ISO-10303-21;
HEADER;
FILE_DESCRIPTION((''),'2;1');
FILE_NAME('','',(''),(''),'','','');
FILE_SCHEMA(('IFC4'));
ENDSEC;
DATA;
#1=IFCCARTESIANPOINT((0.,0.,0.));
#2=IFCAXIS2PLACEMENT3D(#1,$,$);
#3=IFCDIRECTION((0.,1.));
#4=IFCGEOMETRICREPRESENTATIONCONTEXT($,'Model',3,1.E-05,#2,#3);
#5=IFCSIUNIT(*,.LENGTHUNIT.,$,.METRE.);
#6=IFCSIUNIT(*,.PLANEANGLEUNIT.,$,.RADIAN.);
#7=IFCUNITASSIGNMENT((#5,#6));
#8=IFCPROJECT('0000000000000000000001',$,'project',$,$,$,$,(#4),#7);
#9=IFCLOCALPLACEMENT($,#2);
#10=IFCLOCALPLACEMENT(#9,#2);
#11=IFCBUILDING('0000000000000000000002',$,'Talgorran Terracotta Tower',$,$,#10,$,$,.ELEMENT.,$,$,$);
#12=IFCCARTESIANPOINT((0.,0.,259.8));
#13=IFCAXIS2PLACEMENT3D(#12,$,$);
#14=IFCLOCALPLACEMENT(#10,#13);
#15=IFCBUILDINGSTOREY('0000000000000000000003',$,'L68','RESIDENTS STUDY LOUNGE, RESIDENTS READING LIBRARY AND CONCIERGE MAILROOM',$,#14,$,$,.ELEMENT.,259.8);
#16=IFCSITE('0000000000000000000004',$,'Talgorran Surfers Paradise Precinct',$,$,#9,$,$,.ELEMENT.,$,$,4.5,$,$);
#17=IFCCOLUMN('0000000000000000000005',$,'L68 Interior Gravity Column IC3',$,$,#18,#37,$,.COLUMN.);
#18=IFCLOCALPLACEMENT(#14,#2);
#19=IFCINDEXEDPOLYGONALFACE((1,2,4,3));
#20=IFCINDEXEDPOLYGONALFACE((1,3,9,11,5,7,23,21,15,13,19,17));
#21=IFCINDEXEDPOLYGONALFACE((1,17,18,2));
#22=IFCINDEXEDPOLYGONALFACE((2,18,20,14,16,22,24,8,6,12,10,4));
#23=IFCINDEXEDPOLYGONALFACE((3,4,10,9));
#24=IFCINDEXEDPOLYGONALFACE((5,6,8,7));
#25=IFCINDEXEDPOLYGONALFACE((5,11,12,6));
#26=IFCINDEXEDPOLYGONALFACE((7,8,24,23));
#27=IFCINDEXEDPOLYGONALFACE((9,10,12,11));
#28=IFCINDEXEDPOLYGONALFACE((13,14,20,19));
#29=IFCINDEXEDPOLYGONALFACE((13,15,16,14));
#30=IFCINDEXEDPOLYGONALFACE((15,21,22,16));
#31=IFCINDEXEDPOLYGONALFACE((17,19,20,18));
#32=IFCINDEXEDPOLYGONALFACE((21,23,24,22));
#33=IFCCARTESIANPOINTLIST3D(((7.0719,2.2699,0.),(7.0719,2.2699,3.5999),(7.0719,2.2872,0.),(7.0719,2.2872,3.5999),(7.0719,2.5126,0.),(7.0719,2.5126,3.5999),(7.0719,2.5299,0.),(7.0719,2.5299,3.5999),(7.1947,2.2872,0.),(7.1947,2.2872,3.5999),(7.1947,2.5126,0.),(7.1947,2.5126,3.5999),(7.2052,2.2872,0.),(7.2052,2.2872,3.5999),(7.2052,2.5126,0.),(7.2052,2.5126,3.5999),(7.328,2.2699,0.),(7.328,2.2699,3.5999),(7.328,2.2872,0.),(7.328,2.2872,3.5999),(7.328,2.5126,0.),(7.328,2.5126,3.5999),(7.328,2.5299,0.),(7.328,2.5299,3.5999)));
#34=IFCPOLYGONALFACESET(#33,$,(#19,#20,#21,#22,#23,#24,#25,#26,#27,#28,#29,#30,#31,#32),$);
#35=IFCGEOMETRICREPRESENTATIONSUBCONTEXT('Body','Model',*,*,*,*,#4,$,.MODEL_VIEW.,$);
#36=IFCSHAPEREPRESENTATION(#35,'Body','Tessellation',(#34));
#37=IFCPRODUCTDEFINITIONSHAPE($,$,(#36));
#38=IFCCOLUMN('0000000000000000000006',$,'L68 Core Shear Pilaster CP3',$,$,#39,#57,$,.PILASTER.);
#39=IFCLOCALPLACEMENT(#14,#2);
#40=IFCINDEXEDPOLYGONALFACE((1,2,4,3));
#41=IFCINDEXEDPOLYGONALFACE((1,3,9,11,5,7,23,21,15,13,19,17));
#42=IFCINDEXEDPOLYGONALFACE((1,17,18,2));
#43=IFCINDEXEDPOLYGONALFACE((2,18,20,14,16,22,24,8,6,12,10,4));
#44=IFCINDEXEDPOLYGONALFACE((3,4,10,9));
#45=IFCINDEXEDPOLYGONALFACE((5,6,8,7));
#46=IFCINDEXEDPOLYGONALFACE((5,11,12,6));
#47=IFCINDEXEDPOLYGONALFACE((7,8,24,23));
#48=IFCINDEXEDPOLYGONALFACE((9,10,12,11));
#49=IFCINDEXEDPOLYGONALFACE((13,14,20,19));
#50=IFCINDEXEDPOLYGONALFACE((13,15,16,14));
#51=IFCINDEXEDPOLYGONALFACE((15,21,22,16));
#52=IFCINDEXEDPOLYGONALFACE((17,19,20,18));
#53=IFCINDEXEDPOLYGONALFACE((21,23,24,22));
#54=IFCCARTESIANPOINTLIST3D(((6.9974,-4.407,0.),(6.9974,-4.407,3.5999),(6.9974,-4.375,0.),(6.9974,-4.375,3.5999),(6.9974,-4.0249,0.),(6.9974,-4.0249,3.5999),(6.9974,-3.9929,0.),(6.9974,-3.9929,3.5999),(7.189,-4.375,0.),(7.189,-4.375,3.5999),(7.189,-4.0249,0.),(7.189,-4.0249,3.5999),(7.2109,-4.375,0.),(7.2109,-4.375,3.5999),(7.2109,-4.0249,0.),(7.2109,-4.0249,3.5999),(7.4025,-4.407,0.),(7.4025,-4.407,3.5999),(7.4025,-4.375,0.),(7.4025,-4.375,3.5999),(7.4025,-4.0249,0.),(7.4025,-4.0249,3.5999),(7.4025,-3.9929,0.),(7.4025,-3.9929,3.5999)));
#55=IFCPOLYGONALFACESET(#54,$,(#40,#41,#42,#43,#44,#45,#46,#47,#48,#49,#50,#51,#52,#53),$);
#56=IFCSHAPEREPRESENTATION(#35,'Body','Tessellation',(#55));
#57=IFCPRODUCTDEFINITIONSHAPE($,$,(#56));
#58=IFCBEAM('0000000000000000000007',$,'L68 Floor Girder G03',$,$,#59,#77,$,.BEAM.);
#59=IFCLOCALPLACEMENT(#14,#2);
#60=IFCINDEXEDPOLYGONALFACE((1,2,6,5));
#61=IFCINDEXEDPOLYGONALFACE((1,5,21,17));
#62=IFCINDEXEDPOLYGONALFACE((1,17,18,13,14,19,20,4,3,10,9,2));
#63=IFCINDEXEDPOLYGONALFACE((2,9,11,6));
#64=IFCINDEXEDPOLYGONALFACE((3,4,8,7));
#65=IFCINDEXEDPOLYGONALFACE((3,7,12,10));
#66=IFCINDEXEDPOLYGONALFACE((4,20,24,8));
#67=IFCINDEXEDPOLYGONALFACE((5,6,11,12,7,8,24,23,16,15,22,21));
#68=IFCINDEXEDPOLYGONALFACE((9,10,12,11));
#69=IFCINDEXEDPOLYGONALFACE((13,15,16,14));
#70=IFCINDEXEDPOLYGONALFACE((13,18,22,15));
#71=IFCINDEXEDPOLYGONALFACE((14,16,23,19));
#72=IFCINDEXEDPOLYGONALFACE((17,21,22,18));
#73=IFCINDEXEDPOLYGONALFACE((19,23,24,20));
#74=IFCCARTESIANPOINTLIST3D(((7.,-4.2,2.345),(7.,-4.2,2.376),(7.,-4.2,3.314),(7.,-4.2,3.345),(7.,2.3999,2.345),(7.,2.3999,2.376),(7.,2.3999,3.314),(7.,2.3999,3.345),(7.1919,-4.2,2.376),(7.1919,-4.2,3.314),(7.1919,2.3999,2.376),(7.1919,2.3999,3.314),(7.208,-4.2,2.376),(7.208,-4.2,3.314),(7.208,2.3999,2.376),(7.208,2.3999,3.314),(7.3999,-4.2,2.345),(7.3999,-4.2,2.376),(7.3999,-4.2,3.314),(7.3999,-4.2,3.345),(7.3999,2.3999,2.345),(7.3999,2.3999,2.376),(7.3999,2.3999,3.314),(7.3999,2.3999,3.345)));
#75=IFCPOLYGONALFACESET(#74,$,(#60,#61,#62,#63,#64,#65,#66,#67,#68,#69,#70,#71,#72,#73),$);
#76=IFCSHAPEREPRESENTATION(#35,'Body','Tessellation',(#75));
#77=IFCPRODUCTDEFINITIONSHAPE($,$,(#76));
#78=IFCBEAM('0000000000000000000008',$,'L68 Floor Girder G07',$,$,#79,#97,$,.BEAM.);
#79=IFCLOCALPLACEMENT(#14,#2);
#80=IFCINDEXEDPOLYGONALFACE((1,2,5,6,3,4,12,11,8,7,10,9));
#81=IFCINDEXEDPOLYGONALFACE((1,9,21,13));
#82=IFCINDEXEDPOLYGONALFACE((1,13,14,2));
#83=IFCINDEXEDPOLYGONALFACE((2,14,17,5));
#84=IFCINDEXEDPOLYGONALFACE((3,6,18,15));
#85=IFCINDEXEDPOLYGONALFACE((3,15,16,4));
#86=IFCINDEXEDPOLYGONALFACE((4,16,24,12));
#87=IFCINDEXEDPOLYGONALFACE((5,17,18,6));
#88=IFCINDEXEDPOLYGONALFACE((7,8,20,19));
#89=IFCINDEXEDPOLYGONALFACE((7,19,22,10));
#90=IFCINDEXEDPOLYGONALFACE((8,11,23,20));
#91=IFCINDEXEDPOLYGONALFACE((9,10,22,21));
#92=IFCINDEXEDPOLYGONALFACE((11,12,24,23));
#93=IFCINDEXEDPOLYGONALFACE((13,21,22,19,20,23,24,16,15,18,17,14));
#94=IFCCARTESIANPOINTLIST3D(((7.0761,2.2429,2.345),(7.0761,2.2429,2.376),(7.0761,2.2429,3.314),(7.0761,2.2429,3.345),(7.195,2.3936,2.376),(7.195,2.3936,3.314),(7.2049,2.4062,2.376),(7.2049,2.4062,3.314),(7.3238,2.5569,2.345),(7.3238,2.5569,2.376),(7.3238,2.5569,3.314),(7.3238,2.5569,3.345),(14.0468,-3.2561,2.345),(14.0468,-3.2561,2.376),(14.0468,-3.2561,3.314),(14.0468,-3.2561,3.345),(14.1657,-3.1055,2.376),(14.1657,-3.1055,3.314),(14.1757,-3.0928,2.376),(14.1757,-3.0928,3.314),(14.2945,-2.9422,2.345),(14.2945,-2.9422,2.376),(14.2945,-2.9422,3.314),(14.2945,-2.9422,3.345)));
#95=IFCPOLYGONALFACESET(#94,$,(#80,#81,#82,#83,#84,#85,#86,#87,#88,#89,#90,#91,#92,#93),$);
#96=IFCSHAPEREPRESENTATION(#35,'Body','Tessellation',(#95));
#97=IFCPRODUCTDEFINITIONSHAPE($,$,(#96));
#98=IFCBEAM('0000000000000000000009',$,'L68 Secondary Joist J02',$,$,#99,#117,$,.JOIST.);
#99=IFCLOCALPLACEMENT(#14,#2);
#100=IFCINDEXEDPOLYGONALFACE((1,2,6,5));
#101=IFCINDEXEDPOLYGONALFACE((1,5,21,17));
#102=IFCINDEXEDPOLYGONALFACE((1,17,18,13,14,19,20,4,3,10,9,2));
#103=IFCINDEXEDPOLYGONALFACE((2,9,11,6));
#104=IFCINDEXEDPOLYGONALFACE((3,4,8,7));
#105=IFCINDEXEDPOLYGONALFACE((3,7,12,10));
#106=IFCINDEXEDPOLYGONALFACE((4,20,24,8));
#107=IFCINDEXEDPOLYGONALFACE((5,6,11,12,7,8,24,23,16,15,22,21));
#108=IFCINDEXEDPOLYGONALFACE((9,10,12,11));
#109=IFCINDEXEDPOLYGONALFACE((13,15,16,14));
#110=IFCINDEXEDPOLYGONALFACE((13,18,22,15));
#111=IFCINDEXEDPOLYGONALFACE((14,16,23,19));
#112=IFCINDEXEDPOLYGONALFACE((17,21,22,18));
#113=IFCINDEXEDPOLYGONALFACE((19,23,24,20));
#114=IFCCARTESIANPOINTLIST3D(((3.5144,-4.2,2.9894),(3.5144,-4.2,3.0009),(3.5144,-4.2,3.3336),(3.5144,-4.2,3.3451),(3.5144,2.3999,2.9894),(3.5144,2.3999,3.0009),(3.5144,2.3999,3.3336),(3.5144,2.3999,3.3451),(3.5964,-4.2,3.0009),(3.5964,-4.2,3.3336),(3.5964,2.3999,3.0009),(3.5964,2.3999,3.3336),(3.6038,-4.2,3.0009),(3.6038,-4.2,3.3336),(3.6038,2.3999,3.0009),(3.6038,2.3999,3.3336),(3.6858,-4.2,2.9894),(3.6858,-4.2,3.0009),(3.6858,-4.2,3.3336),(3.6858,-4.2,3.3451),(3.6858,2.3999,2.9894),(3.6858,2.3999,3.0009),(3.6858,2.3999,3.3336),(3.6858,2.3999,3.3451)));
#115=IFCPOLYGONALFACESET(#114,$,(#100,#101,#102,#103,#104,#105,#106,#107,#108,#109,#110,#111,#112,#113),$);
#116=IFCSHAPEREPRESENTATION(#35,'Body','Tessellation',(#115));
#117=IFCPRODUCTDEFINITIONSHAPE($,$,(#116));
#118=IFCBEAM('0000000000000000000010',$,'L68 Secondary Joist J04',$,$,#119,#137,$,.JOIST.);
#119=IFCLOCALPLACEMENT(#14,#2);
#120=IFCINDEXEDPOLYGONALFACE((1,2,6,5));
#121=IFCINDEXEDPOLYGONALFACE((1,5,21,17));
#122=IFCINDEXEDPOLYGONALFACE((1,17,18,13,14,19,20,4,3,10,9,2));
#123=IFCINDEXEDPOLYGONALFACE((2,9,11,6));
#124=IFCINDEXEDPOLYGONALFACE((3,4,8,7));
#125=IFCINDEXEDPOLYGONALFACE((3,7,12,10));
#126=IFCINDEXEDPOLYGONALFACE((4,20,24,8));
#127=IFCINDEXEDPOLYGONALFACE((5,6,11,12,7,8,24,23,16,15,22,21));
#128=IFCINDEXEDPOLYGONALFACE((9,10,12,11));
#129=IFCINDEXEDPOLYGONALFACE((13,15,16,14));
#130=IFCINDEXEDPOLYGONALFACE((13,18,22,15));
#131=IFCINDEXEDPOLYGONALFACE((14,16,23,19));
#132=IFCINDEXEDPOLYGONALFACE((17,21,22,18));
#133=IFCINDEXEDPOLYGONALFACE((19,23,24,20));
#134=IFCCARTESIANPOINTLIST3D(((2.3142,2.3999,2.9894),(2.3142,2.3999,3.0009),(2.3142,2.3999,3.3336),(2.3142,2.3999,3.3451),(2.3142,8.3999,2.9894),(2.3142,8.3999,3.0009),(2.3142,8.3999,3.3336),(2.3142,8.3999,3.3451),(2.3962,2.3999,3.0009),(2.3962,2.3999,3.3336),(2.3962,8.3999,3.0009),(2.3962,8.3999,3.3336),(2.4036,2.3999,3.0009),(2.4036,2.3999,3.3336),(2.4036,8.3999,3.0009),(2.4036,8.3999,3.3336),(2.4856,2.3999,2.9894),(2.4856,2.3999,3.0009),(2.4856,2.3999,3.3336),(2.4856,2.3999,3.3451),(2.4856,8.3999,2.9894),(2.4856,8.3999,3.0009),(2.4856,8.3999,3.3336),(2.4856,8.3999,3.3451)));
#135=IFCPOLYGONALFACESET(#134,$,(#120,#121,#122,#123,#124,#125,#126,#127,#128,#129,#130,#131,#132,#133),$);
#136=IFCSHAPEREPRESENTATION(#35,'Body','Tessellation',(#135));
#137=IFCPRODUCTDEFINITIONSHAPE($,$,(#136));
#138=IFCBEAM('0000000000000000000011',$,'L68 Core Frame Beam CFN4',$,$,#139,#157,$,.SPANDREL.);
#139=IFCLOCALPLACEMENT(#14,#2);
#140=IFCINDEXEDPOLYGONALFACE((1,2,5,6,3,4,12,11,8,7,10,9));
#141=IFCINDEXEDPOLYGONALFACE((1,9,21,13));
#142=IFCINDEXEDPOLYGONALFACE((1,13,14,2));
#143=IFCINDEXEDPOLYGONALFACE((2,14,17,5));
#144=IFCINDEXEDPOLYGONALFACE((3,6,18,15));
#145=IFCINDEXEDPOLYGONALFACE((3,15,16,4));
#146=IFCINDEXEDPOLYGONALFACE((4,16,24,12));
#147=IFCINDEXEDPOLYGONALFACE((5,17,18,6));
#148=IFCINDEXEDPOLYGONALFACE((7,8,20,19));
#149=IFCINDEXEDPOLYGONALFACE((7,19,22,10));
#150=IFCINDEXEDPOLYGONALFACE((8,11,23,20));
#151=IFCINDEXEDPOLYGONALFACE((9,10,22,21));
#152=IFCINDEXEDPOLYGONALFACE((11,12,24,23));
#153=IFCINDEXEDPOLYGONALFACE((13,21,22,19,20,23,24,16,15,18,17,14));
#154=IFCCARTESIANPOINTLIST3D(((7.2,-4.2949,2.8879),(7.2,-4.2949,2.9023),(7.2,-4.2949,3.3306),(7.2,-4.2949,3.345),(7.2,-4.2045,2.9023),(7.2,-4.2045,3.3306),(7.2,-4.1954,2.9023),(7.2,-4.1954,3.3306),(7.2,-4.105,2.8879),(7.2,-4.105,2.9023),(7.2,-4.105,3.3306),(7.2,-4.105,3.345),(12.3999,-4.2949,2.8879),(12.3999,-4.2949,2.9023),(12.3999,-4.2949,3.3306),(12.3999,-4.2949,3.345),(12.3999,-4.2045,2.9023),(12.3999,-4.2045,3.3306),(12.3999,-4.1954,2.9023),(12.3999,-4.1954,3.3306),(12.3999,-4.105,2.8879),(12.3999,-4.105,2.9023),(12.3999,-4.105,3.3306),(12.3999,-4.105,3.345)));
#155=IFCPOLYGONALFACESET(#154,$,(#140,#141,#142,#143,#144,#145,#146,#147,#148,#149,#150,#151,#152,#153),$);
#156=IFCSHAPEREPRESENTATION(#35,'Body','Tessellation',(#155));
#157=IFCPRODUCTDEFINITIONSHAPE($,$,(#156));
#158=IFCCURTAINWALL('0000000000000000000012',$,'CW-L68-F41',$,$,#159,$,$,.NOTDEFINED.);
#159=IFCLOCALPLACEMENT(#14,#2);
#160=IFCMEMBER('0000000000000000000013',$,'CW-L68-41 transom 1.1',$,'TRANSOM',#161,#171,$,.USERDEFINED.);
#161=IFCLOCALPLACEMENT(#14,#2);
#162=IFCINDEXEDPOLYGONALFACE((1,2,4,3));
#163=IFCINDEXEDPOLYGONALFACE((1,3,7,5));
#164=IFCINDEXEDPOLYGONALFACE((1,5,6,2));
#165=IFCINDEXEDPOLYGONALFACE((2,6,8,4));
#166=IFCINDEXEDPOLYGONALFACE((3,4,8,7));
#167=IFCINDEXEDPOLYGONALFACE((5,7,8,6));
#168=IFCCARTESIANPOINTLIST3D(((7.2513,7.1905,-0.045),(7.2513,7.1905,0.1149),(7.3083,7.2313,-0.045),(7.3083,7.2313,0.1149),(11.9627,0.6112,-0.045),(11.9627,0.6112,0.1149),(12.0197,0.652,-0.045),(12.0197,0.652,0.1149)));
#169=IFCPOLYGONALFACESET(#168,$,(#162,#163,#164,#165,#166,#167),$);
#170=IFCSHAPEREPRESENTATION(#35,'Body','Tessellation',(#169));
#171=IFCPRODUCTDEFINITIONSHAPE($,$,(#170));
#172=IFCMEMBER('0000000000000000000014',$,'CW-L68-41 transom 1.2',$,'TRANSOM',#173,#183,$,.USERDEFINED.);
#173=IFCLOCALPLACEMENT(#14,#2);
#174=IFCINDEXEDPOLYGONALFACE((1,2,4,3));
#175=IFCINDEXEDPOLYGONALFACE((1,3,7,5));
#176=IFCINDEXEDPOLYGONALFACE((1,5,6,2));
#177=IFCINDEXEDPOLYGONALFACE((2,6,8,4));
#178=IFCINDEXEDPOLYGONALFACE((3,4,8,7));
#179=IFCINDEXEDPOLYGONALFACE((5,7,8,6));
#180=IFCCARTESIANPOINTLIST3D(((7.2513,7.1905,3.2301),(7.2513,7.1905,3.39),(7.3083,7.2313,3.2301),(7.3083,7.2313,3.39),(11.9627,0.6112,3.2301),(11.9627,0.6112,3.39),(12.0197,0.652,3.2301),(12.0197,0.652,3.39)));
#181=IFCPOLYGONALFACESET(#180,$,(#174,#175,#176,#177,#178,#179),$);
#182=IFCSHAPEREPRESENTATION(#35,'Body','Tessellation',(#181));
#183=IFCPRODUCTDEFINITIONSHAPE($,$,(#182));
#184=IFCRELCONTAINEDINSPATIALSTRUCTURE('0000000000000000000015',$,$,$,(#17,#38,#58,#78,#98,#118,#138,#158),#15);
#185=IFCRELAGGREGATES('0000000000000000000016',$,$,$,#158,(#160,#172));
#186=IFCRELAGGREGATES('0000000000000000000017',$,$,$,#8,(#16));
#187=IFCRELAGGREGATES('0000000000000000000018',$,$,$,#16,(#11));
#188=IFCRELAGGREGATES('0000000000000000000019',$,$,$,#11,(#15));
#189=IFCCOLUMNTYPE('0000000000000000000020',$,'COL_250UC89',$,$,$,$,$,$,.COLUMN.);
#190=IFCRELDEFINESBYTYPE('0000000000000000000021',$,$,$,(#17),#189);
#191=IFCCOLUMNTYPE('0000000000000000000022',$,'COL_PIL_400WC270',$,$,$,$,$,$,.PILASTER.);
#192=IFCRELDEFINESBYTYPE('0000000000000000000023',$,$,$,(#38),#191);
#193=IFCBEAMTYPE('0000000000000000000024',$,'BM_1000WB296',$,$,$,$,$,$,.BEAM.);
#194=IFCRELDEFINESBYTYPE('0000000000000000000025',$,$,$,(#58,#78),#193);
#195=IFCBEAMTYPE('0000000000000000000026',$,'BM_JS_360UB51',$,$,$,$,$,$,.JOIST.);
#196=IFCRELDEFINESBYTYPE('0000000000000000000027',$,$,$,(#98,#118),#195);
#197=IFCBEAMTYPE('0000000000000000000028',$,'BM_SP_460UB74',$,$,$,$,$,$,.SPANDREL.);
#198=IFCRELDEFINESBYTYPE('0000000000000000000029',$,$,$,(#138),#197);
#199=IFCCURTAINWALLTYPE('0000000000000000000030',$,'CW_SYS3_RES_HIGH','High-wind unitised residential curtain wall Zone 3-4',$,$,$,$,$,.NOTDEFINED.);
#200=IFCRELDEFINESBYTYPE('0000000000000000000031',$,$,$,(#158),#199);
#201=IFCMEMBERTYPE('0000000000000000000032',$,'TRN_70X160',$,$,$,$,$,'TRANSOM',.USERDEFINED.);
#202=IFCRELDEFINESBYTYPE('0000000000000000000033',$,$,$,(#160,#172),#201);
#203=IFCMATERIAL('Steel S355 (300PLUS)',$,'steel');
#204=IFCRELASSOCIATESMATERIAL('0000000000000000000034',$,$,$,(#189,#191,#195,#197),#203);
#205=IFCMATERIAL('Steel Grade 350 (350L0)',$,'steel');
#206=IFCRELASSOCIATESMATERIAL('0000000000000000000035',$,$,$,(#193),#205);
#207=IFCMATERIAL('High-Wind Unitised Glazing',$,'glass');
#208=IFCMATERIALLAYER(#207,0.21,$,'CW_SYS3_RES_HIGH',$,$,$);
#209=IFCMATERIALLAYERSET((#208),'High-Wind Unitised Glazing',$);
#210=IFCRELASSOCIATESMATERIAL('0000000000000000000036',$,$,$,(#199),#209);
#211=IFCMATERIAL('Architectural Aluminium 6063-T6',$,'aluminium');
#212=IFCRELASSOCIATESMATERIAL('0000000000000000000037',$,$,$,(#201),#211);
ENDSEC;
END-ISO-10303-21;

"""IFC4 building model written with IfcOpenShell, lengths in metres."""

from ifc_helpers import new_model, si_unit, direction, frame, origin, origin_2d, place, context, subcontext, project, spatial, rectangle, i_section, extrude, material, layer, layer_set, material_profile, profile_set, type_object, element, aggregate, save


model = new_model("IFC4")

# Units and contexts
model_context = context("Model", 3, precision=1e-05, world=origin(), true_north=direction((0.0, 1.0)))
body_context = subcontext(model_context, "Body", "Model", "MODEL_VIEW")
ifc_project = project(units=[si_unit("LENGTHUNIT", "METRE"), si_unit("PLANEANGLEUNIT", "RADIAN")], contexts=[model_context])

# Site, building, storey
site_placement = place(None, origin())
site = spatial("IfcSite", under=ifc_project, at=site_placement, Name="Talgorran Surfers Paradise Precinct", CompositionType="ELEMENT", RefElevation=4.5)
building_placement = place(site_placement, origin())
building = spatial("IfcBuilding", under=site, at=building_placement, Name="Talgorran Terracotta Tower", CompositionType="ELEMENT")
storey_placement = place(building_placement, frame((0.0, 0.0, 259.8)))
storey = spatial("IfcBuildingStorey", under=building, at=storey_placement, Name="L68", Description="RESIDENTS STUDY LOUNGE, RESIDENTS READING LIBRARY AND CONCIERGE MAILROOM", CompositionType="ELEMENT", Elevation=259.8)

# Columns
ifc_material_1 = material(Name="Steel S355 (300PLUS)", Category="steel")
ifc_material_profile_1 = material_profile(ifc_material_1, i_section(OverallWidth=0.2561, OverallDepth=0.26, WebThickness=0.0105, FlangeThickness=0.0173, at=origin_2d()), Name="250UC89.5")
ifc_profile_set_1 = profile_set([ifc_material_profile_1], Name="Steel S355 (300PLUS)")
column_type_1 = type_object("IfcColumnType", Name="COL_250UC89", PredefinedType="COLUMN", material=ifc_profile_set_1)
column_1_placement = place(storey_placement, frame((7.2, 2.3999, 0.0), z_axis=(0.0, 0.0, 1.0), x_axis=(1.0, 0.0, 0.0)))
element("IfcColumn", 1, at=column_1_placement, inside=storey, type_object=column_type_1, Name="L68 Interior Gravity Column IC3", PredefinedType="COLUMN", context=body_context, shape_type="SweptSolid", body=[
    extrude(i_section(OverallWidth=0.2561, OverallDepth=0.26, WebThickness=0.0105, FlangeThickness=0.0173, at=origin_2d()), origin(), (0.0, 0.0, 1.0), 3.5999),
])
ifc_material_profile_2 = material_profile(ifc_material_1, i_section(OverallWidth=0.405, OverallDepth=0.4141, WebThickness=0.022, FlangeThickness=0.032, at=origin_2d()), Name="400WC270")
ifc_profile_set_2 = profile_set([ifc_material_profile_2], Name="Steel S355 (300PLUS)")
column_type_2 = type_object("IfcColumnType", Name="COL_PIL_400WC270", PredefinedType="PILASTER", material=ifc_profile_set_2)
column_2_placement = place(storey_placement, frame((7.2, -4.2, 0.0), z_axis=(0.0, 0.0, 1.0), x_axis=(1.0, 0.0, 0.0)))
element("IfcColumn", 2, at=column_2_placement, inside=storey, type_object=column_type_2, Name="L68 Core Shear Pilaster CP3", PredefinedType="PILASTER", context=body_context, shape_type="SweptSolid", body=[
    extrude(i_section(OverallWidth=0.405, OverallDepth=0.4141, WebThickness=0.022, FlangeThickness=0.032, at=origin_2d()), origin(), (0.0, 0.0, 1.0), 3.5999),
])

# Beams
ifc_material_2 = material(Name="Steel Grade 350 (350L0)", Category="steel")
ifc_material_profile_3 = material_profile(ifc_material_2, i_section(OverallWidth=0.3999, OverallDepth=1.0, WebThickness=0.0161, FlangeThickness=0.031, at=origin_2d()), Name="1000WB296")
ifc_profile_set_3 = profile_set([ifc_material_profile_3], Name="Steel Grade 350 (350L0)")
beam_type_1 = type_object("IfcBeamType", Name="BM_1000WB296", PredefinedType="BEAM", material=ifc_profile_set_3)
beam_1_placement = place(storey_placement, frame((7.2, -4.2, 2.845), z_axis=(0.0, 1.0, 0.0), x_axis=(-1.0, 0.0, 0.0)))
element("IfcBeam", 3, at=beam_1_placement, inside=storey, type_object=beam_type_1, Name="L68 Floor Girder G03", PredefinedType="BEAM", context=body_context, shape_type="SweptSolid", body=[
    extrude(i_section(OverallWidth=0.3999, OverallDepth=1.0, WebThickness=0.0161, FlangeThickness=0.031, at=origin_2d()), origin(), (0.0, 0.0, 1.0), 6.5999),
])
beam_2_placement = place(storey_placement, frame((7.2, 2.3999, 2.845), z_axis=(0.785111, -0.619355, 0.0), x_axis=(0.619355, 0.785111, 0.0)))
element("IfcBeam", 4, at=beam_2_placement, inside=storey, type_object=beam_type_1, Name="L68 Floor Girder G07", PredefinedType="BEAM", context=body_context, shape_type="SweptSolid", body=[
    extrude(i_section(OverallWidth=0.3999, OverallDepth=1.0, WebThickness=0.0161, FlangeThickness=0.031, at=origin_2d()), origin(), (0.0, 0.0, 1.0), 8.8787),
])
ifc_material_profile_4 = material_profile(ifc_material_1, i_section(OverallWidth=0.1714, OverallDepth=0.3557, WebThickness=0.0073, FlangeThickness=0.0115, at=origin_2d()), Name="360UB50.7")
ifc_profile_set_4 = profile_set([ifc_material_profile_4], Name="Steel S355 (300PLUS)")
beam_type_2 = type_object("IfcBeamType", Name="BM_JS_360UB51", PredefinedType="JOIST", material=ifc_profile_set_4)
beam_3_placement = place(storey_placement, frame((3.6001, -4.2, 3.1672), z_axis=(0.0, 1.0, 0.0), x_axis=(-1.0, 0.0, 0.0)))
element("IfcBeam", 5, at=beam_3_placement, inside=storey, type_object=beam_type_2, Name="L68 Secondary Joist J02", PredefinedType="JOIST", context=body_context, shape_type="SweptSolid", body=[
    extrude(i_section(OverallWidth=0.1714, OverallDepth=0.3557, WebThickness=0.0073, FlangeThickness=0.0115, at=origin_2d()), origin(), (0.0, 0.0, 1.0), 6.5999),
])
beam_4_placement = place(storey_placement, frame((2.3999, 2.3999, 3.1672), z_axis=(0.0, 1.0, 0.0), x_axis=(-1.0, 0.0, 0.0)))
element("IfcBeam", 6, at=beam_4_placement, inside=storey, type_object=beam_type_2, Name="L68 Secondary Joist J04", PredefinedType="JOIST", context=body_context, shape_type="SweptSolid", body=[
    extrude(i_section(OverallWidth=0.1714, OverallDepth=0.3557, WebThickness=0.0073, FlangeThickness=0.0115, at=origin_2d()), origin(), (0.0, 0.0, 1.0), 6.0),
])
ifc_material_profile_5 = material_profile(ifc_material_1, i_section(OverallWidth=0.1899, OverallDepth=0.457, WebThickness=0.009, FlangeThickness=0.0144, at=origin_2d()), Name="460UB74.6")
ifc_profile_set_5 = profile_set([ifc_material_profile_5], Name="Steel S355 (300PLUS)")
beam_type_3 = type_object("IfcBeamType", Name="BM_SP_460UB74", PredefinedType="SPANDREL", material=ifc_profile_set_5)
beam_5_placement = place(storey_placement, frame((7.2, -4.2, 3.1165), z_axis=(1.0, 0.0, 0.0), x_axis=(0.0, 1.0, 0.0)))
element("IfcBeam", 7, at=beam_5_placement, inside=storey, type_object=beam_type_3, Name="L68 Core Frame Beam CFN4", PredefinedType="SPANDREL", context=body_context, shape_type="SweptSolid", body=[
    extrude(i_section(OverallWidth=0.1899, OverallDepth=0.457, WebThickness=0.009, FlangeThickness=0.0144, at=origin_2d()), origin(), (0.0, 0.0, 1.0), 5.2),
])

# Curtain wall, members
ifc_material_3 = material(Name="High-Wind Unitised Glazing", Category="glass")
ifc_layer_1 = layer(ifc_material_3, 0.21, Name="CW_SYS3_RES_HIGH")
ifc_layer_set_1 = layer_set([ifc_layer_1], Name="High-Wind Unitised Glazing")
curtain_wall_type = type_object("IfcCurtainWallType", Name="CW_SYS3_RES_HIGH", Description="High-wind unitised residential curtain wall Zone 3-4", PredefinedType="NOTDEFINED", material=ifc_layer_set_1)
curtain_wall_placement = place(storey_placement, origin())
curtain_wall = element("IfcCurtainWall", 8, at=curtain_wall_placement, inside=storey, type_object=curtain_wall_type, Name="CW-L68-F41", PredefinedType="NOTDEFINED")
ifc_material_4 = material(Name="Architectural Aluminium 6063-T6", Category="aluminium")
ifc_material_profile_6 = material_profile(ifc_material_4, rectangle(XDim=0.0701, YDim=0.1599, at=origin_2d()), Name="CWT70X160")
ifc_profile_set_6 = profile_set([ifc_material_profile_6], Name="Architectural Aluminium 6063-T6")
member_type = type_object("IfcMemberType", Name="TRN_70X160", ElementType="TRANSOM", PredefinedType="USERDEFINED", material=ifc_profile_set_6)
member_1_placement = place(storey_placement, frame((11.9912, 0.6316, 0.0349), z_axis=(-0.582211, 0.813038, 0.0), x_axis=(-0.813038, -0.582211, 0.0)))
member_1 = element("IfcMember", 9, at=member_1_placement, type_object=member_type, Name="CW-L68-41 transom 1.1", ObjectType="TRANSOM", PredefinedType="USERDEFINED", context=body_context, shape_type="SweptSolid", body=[
    extrude(rectangle(XDim=0.0701, YDim=0.1599, at=origin_2d()), origin(), (0.0, 0.0, 1.0), 8.0923),
])
member_2_placement = place(storey_placement, frame((11.9912, 0.6316, 3.3101), z_axis=(-0.582211, 0.813038, 0.0), x_axis=(-0.813038, -0.582211, 0.0)))
member_2 = element("IfcMember", 10, at=member_2_placement, type_object=member_type, Name="CW-L68-41 transom 1.2", ObjectType="TRANSOM", PredefinedType="USERDEFINED", context=body_context, shape_type="SweptSolid", body=[
    extrude(rectangle(XDim=0.0701, YDim=0.1599, at=origin_2d()), origin(), (0.0, 0.0, 1.0), 8.0923),
])
aggregate(curtain_wall, [member_1, member_2])

save(model, "model.ifc")
